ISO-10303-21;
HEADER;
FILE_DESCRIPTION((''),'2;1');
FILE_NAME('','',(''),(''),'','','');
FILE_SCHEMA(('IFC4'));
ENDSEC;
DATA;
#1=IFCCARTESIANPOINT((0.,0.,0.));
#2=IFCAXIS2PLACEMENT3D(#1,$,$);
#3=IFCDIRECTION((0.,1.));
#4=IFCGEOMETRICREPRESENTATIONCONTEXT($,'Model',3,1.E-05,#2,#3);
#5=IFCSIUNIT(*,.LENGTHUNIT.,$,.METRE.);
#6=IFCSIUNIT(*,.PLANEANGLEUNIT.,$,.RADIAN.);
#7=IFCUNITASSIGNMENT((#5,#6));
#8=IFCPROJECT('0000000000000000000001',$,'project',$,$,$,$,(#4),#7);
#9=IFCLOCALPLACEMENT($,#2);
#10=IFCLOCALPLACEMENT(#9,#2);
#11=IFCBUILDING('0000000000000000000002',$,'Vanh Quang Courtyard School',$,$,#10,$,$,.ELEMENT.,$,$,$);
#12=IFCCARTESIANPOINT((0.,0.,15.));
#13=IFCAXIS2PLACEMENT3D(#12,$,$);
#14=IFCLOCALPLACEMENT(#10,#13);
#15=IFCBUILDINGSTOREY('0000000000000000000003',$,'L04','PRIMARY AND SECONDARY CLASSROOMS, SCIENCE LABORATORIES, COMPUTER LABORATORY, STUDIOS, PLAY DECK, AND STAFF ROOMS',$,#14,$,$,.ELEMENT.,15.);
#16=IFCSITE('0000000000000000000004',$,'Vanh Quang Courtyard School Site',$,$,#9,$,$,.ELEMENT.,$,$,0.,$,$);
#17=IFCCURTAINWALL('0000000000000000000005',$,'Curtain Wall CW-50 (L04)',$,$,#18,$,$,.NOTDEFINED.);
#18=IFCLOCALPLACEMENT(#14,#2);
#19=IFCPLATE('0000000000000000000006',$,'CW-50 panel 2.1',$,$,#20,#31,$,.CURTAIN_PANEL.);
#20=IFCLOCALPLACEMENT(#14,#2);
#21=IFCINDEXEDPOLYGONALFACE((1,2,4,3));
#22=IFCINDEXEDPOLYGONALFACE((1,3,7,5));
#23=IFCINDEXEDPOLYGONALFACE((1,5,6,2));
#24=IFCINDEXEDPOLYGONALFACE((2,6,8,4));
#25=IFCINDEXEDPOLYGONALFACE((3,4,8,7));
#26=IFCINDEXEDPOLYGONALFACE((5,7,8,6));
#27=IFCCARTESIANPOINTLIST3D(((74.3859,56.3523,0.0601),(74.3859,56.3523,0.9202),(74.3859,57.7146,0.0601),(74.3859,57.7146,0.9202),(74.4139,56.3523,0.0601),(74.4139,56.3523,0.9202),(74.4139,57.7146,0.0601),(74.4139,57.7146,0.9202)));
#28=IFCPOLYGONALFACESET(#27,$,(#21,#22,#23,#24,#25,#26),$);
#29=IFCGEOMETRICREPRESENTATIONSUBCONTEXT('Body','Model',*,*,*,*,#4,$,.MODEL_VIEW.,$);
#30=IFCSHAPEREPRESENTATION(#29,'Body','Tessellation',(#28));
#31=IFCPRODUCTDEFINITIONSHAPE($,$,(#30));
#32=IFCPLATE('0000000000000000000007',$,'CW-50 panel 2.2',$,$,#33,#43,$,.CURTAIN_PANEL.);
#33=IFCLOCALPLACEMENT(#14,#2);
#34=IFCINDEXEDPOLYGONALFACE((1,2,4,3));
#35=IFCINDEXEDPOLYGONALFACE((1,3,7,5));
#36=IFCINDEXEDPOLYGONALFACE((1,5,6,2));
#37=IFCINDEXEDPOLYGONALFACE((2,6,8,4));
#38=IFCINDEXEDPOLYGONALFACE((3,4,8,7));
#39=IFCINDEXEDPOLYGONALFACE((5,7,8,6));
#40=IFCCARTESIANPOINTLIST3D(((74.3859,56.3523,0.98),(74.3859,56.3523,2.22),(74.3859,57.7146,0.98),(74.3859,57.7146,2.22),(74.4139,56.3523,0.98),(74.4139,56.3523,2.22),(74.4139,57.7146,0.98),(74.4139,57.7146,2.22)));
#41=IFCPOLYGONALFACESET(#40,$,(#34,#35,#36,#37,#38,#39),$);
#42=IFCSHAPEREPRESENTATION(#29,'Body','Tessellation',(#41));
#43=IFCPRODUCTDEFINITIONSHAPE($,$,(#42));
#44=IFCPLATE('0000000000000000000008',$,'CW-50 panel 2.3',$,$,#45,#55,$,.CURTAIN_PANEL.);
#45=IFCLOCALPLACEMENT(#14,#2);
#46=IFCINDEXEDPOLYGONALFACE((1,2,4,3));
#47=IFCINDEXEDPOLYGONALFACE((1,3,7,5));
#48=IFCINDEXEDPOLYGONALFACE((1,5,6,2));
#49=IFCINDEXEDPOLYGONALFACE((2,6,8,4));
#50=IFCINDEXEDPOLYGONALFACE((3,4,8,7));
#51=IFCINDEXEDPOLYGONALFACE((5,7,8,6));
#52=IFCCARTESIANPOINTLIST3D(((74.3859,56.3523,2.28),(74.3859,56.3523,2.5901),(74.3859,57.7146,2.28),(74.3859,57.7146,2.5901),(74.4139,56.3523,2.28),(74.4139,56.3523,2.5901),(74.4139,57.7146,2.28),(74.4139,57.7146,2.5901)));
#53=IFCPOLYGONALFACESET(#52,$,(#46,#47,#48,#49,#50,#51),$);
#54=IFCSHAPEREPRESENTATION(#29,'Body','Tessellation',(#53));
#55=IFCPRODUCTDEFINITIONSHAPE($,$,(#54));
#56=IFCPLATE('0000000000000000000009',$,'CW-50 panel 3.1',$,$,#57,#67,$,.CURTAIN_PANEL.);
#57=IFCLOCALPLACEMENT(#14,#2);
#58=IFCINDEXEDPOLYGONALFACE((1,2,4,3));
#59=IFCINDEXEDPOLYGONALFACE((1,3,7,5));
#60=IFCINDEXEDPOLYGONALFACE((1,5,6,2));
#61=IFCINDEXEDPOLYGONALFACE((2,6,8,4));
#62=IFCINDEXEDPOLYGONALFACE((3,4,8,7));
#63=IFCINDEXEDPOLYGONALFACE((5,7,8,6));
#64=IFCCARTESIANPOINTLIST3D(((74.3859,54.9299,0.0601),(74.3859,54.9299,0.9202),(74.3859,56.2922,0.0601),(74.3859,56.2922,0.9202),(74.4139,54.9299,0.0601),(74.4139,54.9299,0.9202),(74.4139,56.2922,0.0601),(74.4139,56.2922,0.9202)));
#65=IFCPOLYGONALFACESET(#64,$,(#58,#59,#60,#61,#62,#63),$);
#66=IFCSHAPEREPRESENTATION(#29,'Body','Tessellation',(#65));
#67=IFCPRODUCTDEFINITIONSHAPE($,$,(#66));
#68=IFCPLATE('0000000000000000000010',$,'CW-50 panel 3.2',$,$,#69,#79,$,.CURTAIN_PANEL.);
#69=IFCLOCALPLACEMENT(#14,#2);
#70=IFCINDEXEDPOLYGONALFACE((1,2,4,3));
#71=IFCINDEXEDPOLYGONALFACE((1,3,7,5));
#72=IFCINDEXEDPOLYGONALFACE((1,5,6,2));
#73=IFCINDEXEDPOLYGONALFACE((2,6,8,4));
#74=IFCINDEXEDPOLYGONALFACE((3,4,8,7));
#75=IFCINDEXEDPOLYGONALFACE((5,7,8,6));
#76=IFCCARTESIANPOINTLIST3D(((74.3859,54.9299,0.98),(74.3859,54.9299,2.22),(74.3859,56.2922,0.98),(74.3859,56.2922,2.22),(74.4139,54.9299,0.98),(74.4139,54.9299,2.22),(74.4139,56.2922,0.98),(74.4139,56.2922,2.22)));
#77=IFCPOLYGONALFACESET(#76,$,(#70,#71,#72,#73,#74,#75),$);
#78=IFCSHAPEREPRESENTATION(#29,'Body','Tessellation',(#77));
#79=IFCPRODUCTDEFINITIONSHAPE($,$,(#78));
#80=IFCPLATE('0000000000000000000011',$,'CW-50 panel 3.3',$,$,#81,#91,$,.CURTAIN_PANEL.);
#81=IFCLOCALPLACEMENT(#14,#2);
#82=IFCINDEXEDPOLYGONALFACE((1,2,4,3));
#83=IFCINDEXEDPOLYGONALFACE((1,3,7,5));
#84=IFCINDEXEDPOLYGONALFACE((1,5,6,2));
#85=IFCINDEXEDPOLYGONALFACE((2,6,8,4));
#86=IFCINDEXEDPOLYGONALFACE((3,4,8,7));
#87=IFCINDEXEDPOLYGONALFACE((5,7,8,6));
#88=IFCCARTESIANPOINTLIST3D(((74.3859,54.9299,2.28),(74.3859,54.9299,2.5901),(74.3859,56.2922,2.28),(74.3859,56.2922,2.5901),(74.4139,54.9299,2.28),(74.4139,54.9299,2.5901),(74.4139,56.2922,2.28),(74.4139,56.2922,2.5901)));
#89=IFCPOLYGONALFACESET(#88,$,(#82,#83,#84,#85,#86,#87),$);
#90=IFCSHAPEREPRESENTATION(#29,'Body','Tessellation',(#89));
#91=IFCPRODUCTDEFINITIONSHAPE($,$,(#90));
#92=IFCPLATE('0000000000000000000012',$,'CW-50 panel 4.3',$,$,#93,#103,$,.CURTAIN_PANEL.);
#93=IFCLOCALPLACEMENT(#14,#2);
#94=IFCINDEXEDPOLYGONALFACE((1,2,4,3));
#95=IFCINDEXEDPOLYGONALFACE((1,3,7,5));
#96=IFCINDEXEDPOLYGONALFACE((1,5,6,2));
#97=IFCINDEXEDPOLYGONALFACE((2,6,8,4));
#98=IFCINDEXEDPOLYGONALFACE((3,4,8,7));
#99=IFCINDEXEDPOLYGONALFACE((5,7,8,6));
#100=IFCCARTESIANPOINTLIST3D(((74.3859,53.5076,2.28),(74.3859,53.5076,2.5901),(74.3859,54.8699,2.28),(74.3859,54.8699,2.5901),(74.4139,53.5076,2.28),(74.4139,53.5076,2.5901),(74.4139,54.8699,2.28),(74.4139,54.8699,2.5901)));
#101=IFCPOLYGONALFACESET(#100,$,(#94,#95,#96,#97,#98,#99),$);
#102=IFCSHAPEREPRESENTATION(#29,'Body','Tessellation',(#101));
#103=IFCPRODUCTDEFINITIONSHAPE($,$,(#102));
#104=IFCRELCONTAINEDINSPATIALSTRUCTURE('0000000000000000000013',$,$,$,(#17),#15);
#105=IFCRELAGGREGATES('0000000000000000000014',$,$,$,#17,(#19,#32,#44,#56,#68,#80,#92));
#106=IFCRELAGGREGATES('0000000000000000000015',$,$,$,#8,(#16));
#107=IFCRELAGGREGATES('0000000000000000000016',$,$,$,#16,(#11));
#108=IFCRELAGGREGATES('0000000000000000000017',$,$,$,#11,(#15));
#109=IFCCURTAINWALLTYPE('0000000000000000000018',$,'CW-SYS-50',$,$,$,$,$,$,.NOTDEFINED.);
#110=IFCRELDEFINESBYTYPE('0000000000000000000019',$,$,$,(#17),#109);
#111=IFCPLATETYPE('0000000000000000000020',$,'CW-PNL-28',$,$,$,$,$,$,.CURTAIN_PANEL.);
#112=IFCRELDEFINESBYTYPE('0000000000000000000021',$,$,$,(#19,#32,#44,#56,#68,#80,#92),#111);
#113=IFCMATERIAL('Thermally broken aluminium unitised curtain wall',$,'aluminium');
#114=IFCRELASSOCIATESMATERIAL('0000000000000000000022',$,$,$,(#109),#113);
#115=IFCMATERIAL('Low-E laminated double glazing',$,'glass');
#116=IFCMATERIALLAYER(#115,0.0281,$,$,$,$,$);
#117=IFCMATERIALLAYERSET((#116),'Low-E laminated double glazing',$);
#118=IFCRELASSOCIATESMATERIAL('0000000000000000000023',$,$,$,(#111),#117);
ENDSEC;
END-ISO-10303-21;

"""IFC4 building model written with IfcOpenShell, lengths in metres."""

from ifc_helpers import new_model, si_unit, direction, frame, origin, origin_2d, place, context, subcontext, project, spatial, rectangle, extrude, material, layer, layer_set, type_object, element, aggregate, save


model = new_model("IFC4")

# Units and contexts
model_context = context("Model", 3, precision=1e-05, world=origin(), true_north=direction((0.0, 1.0)))
body_context = subcontext(model_context, "Body", "Model", "MODEL_VIEW")
ifc_project = project(units=[si_unit("LENGTHUNIT", "METRE"), si_unit("PLANEANGLEUNIT", "RADIAN")], contexts=[model_context])

# Site, building, storey
site_placement = place(None, origin())
site = spatial("IfcSite", under=ifc_project, at=site_placement, Name="Vanh Quang Courtyard School Site", CompositionType="ELEMENT", RefElevation=0.0)
building_placement = place(site_placement, origin())
building = spatial("IfcBuilding", under=site, at=building_placement, Name="Vanh Quang Courtyard School", CompositionType="ELEMENT")
storey_placement = place(building_placement, frame((0.0, 0.0, 15.0)))
storey = spatial("IfcBuildingStorey", under=building, at=storey_placement, Name="L04", Description="PRIMARY AND SECONDARY CLASSROOMS, SCIENCE LABORATORIES, COMPUTER LABORATORY, STUDIOS, PLAY DECK, AND STAFF ROOMS", CompositionType="ELEMENT", Elevation=15.0)

# Curtain wall, plates
ifc_material_1 = material(Name="Thermally broken aluminium unitised curtain wall", Category="aluminium")
curtain_wall_type = type_object("IfcCurtainWallType", Name="CW-SYS-50", PredefinedType="NOTDEFINED", material=ifc_material_1)
curtain_wall_placement = place(storey_placement, origin())
curtain_wall = element("IfcCurtainWall", 1, at=curtain_wall_placement, inside=storey, type_object=curtain_wall_type, Name="Curtain Wall CW-50 (L04)", PredefinedType="NOTDEFINED")
ifc_material_2 = material(Name="Low-E laminated double glazing", Category="glass")
ifc_layer = layer(ifc_material_2, 0.0281)
ifc_layer_set = layer_set([ifc_layer], Name="Low-E laminated double glazing")
plate_type = type_object("IfcPlateType", Name="CW-PNL-28", PredefinedType="CURTAIN_PANEL", material=ifc_layer_set)
plate_1_placement = place(storey_placement, frame((74.3999, 57.0334, 0.0601), z_axis=(0.0, 0.0, 1.0), x_axis=(0.0, -1.0, 0.0)))
plate_1 = element("IfcPlate", 2, at=plate_1_placement, type_object=plate_type, Name="CW-50 panel 2.1", PredefinedType="CURTAIN_PANEL", context=body_context, shape_type="SweptSolid", body=[
    extrude(rectangle(XDim=1.3623, YDim=0.0281, at=origin_2d()), origin(), (0.0, 0.0, 1.0), 0.8601),
])
plate_2_placement = place(storey_placement, frame((74.3999, 57.0334, 0.98), z_axis=(0.0, 0.0, 1.0), x_axis=(0.0, -1.0, 0.0)))
plate_2 = element("IfcPlate", 3, at=plate_2_placement, type_object=plate_type, Name="CW-50 panel 2.2", PredefinedType="CURTAIN_PANEL", context=body_context, shape_type="SweptSolid", body=[
    extrude(rectangle(XDim=1.3623, YDim=0.0281, at=origin_2d()), origin(), (0.0, 0.0, 1.0), 1.24),
])
plate_3_placement = place(storey_placement, frame((74.3999, 57.0334, 2.28), z_axis=(0.0, 0.0, 1.0), x_axis=(0.0, -1.0, 0.0)))
plate_3 = element("IfcPlate", 4, at=plate_3_placement, type_object=plate_type, Name="CW-50 panel 2.3", PredefinedType="CURTAIN_PANEL", context=body_context, shape_type="SweptSolid", body=[
    extrude(rectangle(XDim=1.3623, YDim=0.0281, at=origin_2d()), origin(), (0.0, 0.0, 1.0), 0.3101),
])
plate_4_placement = place(storey_placement, frame((74.3999, 55.6111, 0.0601), z_axis=(0.0, 0.0, 1.0), x_axis=(0.0, -1.0, 0.0)))
plate_4 = element("IfcPlate", 5, at=plate_4_placement, type_object=plate_type, Name="CW-50 panel 3.1", PredefinedType="CURTAIN_PANEL", context=body_context, shape_type="SweptSolid", body=[
    extrude(rectangle(XDim=1.3623, YDim=0.0281, at=origin_2d()), origin(), (0.0, 0.0, 1.0), 0.8601),
])
plate_5_placement = place(storey_placement, frame((74.3999, 55.6111, 0.98), z_axis=(0.0, 0.0, 1.0), x_axis=(0.0, -1.0, 0.0)))
plate_5 = element("IfcPlate", 6, at=plate_5_placement, type_object=plate_type, Name="CW-50 panel 3.2", PredefinedType="CURTAIN_PANEL", context=body_context, shape_type="SweptSolid", body=[
    extrude(rectangle(XDim=1.3623, YDim=0.0281, at=origin_2d()), origin(), (0.0, 0.0, 1.0), 1.24),
])
plate_6_placement = place(storey_placement, frame((74.3999, 55.6111, 2.28), z_axis=(0.0, 0.0, 1.0), x_axis=(0.0, -1.0, 0.0)))
plate_6 = element("IfcPlate", 7, at=plate_6_placement, type_object=plate_type, Name="CW-50 panel 3.3", PredefinedType="CURTAIN_PANEL", context=body_context, shape_type="SweptSolid", body=[
    extrude(rectangle(XDim=1.3623, YDim=0.0281, at=origin_2d()), origin(), (0.0, 0.0, 1.0), 0.3101),
])
plate_7_placement = place(storey_placement, frame((74.3999, 54.1887, 2.28), z_axis=(0.0, 0.0, 1.0), x_axis=(0.0, -1.0, 0.0)))
plate_7 = element("IfcPlate", 8, at=plate_7_placement, type_object=plate_type, Name="CW-50 panel 4.3", PredefinedType="CURTAIN_PANEL", context=body_context, shape_type="SweptSolid", body=[
    extrude(rectangle(XDim=1.3623, YDim=0.0281, at=origin_2d()), origin(), (0.0, 0.0, 1.0), 0.3101),
])
aggregate(curtain_wall, [plate_1, plate_2, plate_3, plate_4, plate_5, plate_6, plate_7])

save(model, "model.ifc")
